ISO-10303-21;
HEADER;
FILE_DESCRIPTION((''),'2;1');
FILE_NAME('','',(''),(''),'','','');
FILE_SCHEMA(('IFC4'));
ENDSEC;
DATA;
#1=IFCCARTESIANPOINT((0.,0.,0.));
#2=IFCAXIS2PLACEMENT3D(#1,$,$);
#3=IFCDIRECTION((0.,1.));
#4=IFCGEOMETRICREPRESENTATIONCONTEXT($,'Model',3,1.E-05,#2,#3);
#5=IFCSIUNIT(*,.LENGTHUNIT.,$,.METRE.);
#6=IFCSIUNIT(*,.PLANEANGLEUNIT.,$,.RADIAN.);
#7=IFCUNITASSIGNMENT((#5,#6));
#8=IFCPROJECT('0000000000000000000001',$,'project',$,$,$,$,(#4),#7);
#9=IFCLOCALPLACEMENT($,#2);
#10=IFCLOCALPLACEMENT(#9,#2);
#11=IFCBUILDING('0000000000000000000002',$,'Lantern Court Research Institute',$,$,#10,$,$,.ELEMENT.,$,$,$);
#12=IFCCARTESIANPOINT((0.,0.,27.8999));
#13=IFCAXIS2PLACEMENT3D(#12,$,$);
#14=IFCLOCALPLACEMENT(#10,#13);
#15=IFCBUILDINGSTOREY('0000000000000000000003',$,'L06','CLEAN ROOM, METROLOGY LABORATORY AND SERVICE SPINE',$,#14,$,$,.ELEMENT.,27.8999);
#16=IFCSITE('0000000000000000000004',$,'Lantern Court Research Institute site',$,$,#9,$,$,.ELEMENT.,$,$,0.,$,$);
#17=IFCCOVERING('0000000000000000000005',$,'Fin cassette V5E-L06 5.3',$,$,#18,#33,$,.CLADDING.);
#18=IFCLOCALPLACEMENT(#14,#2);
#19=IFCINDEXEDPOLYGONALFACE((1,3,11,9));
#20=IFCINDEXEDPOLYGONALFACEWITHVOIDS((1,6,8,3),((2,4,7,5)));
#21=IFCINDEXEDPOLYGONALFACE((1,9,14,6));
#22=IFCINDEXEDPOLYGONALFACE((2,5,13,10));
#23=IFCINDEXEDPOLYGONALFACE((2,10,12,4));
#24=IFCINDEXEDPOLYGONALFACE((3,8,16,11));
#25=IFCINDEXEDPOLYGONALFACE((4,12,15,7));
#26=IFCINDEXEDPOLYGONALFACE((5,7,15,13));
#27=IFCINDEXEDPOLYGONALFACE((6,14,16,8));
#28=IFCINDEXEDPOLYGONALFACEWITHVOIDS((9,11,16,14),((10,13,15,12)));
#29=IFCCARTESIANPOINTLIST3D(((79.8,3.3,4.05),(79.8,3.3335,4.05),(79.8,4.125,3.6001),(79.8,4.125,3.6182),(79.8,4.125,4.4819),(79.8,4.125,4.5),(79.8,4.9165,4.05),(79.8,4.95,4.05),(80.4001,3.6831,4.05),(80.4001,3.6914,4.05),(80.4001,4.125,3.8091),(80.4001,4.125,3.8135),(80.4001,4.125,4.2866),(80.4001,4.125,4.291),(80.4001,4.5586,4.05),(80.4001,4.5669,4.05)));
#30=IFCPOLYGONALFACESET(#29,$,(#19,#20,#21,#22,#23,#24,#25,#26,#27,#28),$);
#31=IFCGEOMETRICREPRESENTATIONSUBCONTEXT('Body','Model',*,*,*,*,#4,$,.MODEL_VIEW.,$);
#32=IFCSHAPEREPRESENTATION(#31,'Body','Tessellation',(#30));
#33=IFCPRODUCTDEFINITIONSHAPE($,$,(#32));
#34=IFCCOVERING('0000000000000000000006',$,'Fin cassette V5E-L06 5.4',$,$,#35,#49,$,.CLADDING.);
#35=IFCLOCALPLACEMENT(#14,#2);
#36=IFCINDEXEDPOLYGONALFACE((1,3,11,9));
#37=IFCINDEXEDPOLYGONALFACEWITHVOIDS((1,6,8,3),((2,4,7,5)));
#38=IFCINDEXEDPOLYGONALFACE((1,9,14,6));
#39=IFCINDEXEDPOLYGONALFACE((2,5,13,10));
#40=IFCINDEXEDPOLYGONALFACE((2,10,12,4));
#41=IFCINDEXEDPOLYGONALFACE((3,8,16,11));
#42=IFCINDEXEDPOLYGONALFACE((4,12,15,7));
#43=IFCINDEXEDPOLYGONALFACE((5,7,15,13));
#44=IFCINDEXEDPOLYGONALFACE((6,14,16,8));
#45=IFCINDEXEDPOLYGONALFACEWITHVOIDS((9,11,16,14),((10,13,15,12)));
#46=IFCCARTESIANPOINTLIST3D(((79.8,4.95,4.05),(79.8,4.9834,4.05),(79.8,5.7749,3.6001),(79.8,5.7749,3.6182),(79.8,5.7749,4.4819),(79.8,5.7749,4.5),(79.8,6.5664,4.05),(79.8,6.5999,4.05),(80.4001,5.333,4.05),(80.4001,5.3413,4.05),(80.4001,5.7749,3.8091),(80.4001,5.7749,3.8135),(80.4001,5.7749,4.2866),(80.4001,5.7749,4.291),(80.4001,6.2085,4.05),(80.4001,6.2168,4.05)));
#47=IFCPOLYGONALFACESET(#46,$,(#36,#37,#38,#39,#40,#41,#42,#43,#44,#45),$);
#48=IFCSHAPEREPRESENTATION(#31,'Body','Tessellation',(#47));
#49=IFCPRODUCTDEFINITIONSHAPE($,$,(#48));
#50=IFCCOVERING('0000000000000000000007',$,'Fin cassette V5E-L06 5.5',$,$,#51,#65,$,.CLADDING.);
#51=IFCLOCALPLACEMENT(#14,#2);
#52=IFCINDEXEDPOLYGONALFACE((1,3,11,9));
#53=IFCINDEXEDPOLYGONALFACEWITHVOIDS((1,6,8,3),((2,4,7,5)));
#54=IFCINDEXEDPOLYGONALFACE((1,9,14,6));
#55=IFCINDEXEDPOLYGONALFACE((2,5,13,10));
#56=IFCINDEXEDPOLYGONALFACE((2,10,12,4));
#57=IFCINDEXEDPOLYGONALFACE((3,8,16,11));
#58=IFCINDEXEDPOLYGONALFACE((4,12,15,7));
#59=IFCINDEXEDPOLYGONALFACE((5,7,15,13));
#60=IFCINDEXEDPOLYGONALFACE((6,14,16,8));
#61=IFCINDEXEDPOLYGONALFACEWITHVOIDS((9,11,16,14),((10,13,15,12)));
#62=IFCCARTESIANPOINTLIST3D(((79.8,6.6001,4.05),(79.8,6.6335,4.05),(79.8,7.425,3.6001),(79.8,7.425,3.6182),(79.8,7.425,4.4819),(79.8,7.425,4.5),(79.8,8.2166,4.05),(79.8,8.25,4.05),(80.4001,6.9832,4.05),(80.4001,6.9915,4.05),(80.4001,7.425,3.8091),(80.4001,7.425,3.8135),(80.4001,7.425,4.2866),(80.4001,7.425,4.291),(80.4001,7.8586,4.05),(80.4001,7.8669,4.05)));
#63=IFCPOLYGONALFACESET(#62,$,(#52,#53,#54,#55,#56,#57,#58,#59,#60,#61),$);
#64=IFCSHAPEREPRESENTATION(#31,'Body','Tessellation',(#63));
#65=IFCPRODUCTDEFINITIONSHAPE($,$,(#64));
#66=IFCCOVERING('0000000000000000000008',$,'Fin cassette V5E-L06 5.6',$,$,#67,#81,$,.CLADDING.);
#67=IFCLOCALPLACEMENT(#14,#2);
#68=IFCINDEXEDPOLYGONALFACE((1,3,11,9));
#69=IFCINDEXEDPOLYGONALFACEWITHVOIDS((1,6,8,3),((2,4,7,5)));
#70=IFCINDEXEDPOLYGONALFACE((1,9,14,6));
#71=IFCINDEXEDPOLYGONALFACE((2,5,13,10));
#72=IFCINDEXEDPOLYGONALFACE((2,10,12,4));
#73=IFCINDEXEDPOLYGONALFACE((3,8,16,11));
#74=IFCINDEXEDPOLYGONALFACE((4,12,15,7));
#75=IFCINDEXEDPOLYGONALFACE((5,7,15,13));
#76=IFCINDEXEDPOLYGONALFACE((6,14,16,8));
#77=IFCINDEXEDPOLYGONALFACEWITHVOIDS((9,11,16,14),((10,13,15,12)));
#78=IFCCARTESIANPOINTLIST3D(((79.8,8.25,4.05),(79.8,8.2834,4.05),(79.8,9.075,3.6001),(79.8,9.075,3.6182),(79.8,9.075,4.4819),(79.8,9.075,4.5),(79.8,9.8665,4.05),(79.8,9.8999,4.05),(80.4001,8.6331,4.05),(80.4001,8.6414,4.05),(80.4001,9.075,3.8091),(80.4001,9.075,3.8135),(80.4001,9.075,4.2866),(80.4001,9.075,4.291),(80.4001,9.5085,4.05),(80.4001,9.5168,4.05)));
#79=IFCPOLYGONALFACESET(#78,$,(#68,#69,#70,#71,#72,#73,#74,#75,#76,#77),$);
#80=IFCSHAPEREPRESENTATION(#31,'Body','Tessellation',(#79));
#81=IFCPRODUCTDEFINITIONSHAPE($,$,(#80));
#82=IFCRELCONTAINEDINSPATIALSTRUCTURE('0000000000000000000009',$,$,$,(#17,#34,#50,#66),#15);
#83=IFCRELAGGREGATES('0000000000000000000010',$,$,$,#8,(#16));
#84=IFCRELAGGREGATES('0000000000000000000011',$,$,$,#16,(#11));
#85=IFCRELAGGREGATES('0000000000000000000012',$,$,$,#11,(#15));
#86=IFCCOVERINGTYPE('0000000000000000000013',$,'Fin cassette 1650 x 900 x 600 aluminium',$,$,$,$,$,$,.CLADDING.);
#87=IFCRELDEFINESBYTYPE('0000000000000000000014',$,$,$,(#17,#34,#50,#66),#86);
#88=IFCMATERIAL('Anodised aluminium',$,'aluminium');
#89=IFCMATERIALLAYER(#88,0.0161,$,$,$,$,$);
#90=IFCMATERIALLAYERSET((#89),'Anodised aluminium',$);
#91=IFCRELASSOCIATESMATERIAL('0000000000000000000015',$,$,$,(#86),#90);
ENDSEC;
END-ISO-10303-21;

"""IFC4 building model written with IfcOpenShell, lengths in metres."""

from ifc_helpers import new_model, entity, si_unit, direction, frame, origin, place, context, subcontext, project, spatial, material, layer, layer_set, type_object, element, save


model = new_model("IFC4")

# Units and contexts
model_context = context("Model", 3, precision=1e-05, world=origin(), true_north=direction((0.0, 1.0)))
body_context = subcontext(model_context, "Body", "Model", "MODEL_VIEW")
ifc_project = project(units=[si_unit("LENGTHUNIT", "METRE"), si_unit("PLANEANGLEUNIT", "RADIAN")], contexts=[model_context])

# Site, building, storey
site_placement = place(None, origin())
site = spatial("IfcSite", under=ifc_project, at=site_placement, Name="Lantern Court Research Institute site", CompositionType="ELEMENT", RefElevation=0.0)
building_placement = place(site_placement, origin())
building = spatial("IfcBuilding", under=site, at=building_placement, Name="Lantern Court Research Institute", CompositionType="ELEMENT")
storey_placement = place(building_placement, frame((0.0, 0.0, 27.8999)))
storey = spatial("IfcBuildingStorey", under=building, at=storey_placement, Name="L06", Description="CLEAN ROOM, METROLOGY LABORATORY AND SERVICE SPINE", CompositionType="ELEMENT", Elevation=27.8999)

# Coverings
ifc_material_1 = material(Name="Anodised aluminium", Category="aluminium")
ifc_layer_1 = layer(ifc_material_1, 0.0161)
ifc_layer_set_1 = layer_set([ifc_layer_1], Name="Anodised aluminium")
covering_type = type_object("IfcCoveringType", Name="Fin cassette 1650 x 900 x 600 aluminium", PredefinedType="CLADDING", material=ifc_layer_set_1)
covering_1_placement = place(storey_placement, frame((79.8, 4.125, 4.05), z_axis=(1.0, 0.0, 0.0), x_axis=(0.0, 1.0, 0.0)))
cartesian_point_1 = entity("IfcCartesianPoint", [0.825, 0.0])
cartesian_point_2 = entity("IfcCartesianPoint", [0.7915, 0.0])
cartesian_point_3 = entity("IfcCartesianPoint", [0.4419, 0.0])
cartesian_point_4 = entity("IfcCartesianPoint", [0.4336, 0.0])
element("IfcCovering", 1, at=covering_1_placement, inside=storey, type_object=covering_type, Name="Fin cassette V5E-L06 5.3", PredefinedType="CLADDING", context=body_context, shape_type="SweptSolid", body=[
    entity("IfcExtrudedAreaSolidTapered", entity("IfcArbitraryProfileDefWithVoids", "AREA", None, entity("IfcPolyline", [cartesian_point_1, entity("IfcCartesianPoint", [0.0, 0.45]), entity("IfcCartesianPoint", [-0.825, 0.0]), entity("IfcCartesianPoint", [0.0, -0.45]), cartesian_point_1]), [entity("IfcPolyline", [cartesian_point_2, entity("IfcCartesianPoint", [0.0, 0.4319]), entity("IfcCartesianPoint", [-0.7915, 0.0]), entity("IfcCartesianPoint", [0.0, -0.4319]), cartesian_point_2])]), entity("IfcAxis2Placement3D", entity("IfcCartesianPoint", [0.0, 0.0, 0.0])), entity("IfcDirection", [0.0, 0.0, 1.0]), 0.6001, entity("IfcArbitraryProfileDefWithVoids", "AREA", None, entity("IfcPolyline", [cartesian_point_3, entity("IfcCartesianPoint", [0.0, 0.241]), entity("IfcCartesianPoint", [-0.4419, 0.0]), entity("IfcCartesianPoint", [0.0, -0.241]), cartesian_point_3]), [entity("IfcPolyline", [cartesian_point_4, entity("IfcCartesianPoint", [0.0, 0.2366]), entity("IfcCartesianPoint", [-0.4336, 0.0]), entity("IfcCartesianPoint", [0.0, -0.2366]), cartesian_point_4])])),
])
covering_2_placement = place(storey_placement, frame((79.8, 5.7749, 4.05), z_axis=(1.0, 0.0, 0.0), x_axis=(0.0, 1.0, 0.0)))
cartesian_point_5 = entity("IfcCartesianPoint", [0.825, 0.0])
cartesian_point_6 = entity("IfcCartesianPoint", [0.7915, 0.0])
cartesian_point_7 = entity("IfcCartesianPoint", [0.4419, 0.0])
cartesian_point_8 = entity("IfcCartesianPoint", [0.4336, 0.0])
element("IfcCovering", 2, at=covering_2_placement, inside=storey, type_object=covering_type, Name="Fin cassette V5E-L06 5.4", PredefinedType="CLADDING", context=body_context, shape_type="SweptSolid", body=[
    entity("IfcExtrudedAreaSolidTapered", entity("IfcArbitraryProfileDefWithVoids", "AREA", None, entity("IfcPolyline", [cartesian_point_5, entity("IfcCartesianPoint", [0.0, 0.45]), entity("IfcCartesianPoint", [-0.825, 0.0]), entity("IfcCartesianPoint", [0.0, -0.45]), cartesian_point_5]), [entity("IfcPolyline", [cartesian_point_6, entity("IfcCartesianPoint", [0.0, 0.4319]), entity("IfcCartesianPoint", [-0.7915, 0.0]), entity("IfcCartesianPoint", [0.0, -0.4319]), cartesian_point_6])]), entity("IfcAxis2Placement3D", entity("IfcCartesianPoint", [0.0, 0.0, 0.0])), entity("IfcDirection", [0.0, 0.0, 1.0]), 0.6001, entity("IfcArbitraryProfileDefWithVoids", "AREA", None, entity("IfcPolyline", [cartesian_point_7, entity("IfcCartesianPoint", [0.0, 0.241]), entity("IfcCartesianPoint", [-0.4419, 0.0]), entity("IfcCartesianPoint", [0.0, -0.241]), cartesian_point_7]), [entity("IfcPolyline", [cartesian_point_8, entity("IfcCartesianPoint", [0.0, 0.2366]), entity("IfcCartesianPoint", [-0.4336, 0.0]), entity("IfcCartesianPoint", [0.0, -0.2366]), cartesian_point_8])])),
])
covering_3_placement = place(storey_placement, frame((79.8, 7.425, 4.05), z_axis=(1.0, 0.0, 0.0), x_axis=(0.0, 1.0, 0.0)))
cartesian_point_9 = entity("IfcCartesianPoint", [0.825, 0.0])
cartesian_point_10 = entity("IfcCartesianPoint", [0.7915, 0.0])
cartesian_point_11 = entity("IfcCartesianPoint", [0.4419, 0.0])
cartesian_point_12 = entity("IfcCartesianPoint", [0.4336, 0.0])
element("IfcCovering", 3, at=covering_3_placement, inside=storey, type_object=covering_type, Name="Fin cassette V5E-L06 5.5", PredefinedType="CLADDING", context=body_context, shape_type="SweptSolid", body=[
    entity("IfcExtrudedAreaSolidTapered", entity("IfcArbitraryProfileDefWithVoids", "AREA", None, entity("IfcPolyline", [cartesian_point_9, entity("IfcCartesianPoint", [0.0, 0.45]), entity("IfcCartesianPoint", [-0.825, 0.0]), entity("IfcCartesianPoint", [0.0, -0.45]), cartesian_point_9]), [entity("IfcPolyline", [cartesian_point_10, entity("IfcCartesianPoint", [0.0, 0.4319]), entity("IfcCartesianPoint", [-0.7915, 0.0]), entity("IfcCartesianPoint", [0.0, -0.4319]), cartesian_point_10])]), entity("IfcAxis2Placement3D", entity("IfcCartesianPoint", [0.0, 0.0, 0.0])), entity("IfcDirection", [0.0, 0.0, 1.0]), 0.6001, entity("IfcArbitraryProfileDefWithVoids", "AREA", None, entity("IfcPolyline", [cartesian_point_11, entity("IfcCartesianPoint", [0.0, 0.241]), entity("IfcCartesianPoint", [-0.4419, 0.0]), entity("IfcCartesianPoint", [0.0, -0.241]), cartesian_point_11]), [entity("IfcPolyline", [cartesian_point_12, entity("IfcCartesianPoint", [0.0, 0.2366]), entity("IfcCartesianPoint", [-0.4336, 0.0]), entity("IfcCartesianPoint", [0.0, -0.2366]), cartesian_point_12])])),
])
covering_4_placement = place(storey_placement, frame((79.8, 9.075, 4.05), z_axis=(1.0, 0.0, 0.0), x_axis=(0.0, 1.0, 0.0)))
cartesian_point_13 = entity("IfcCartesianPoint", [0.825, 0.0])
cartesian_point_14 = entity("IfcCartesianPoint", [0.7915, 0.0])
cartesian_point_15 = entity("IfcCartesianPoint", [0.4419, 0.0])
cartesian_point_16 = entity("IfcCartesianPoint", [0.4336, 0.0])
element("IfcCovering", 4, at=covering_4_placement, inside=storey, type_object=covering_type, Name="Fin cassette V5E-L06 5.6", PredefinedType="CLADDING", context=body_context, shape_type="SweptSolid", body=[
    entity("IfcExtrudedAreaSolidTapered", entity("IfcArbitraryProfileDefWithVoids", "AREA", None, entity("IfcPolyline", [cartesian_point_13, entity("IfcCartesianPoint", [0.0, 0.45]), entity("IfcCartesianPoint", [-0.825, 0.0]), entity("IfcCartesianPoint", [0.0, -0.45]), cartesian_point_13]), [entity("IfcPolyline", [cartesian_point_14, entity("IfcCartesianPoint", [0.0, 0.4319]), entity("IfcCartesianPoint", [-0.7915, 0.0]), entity("IfcCartesianPoint", [0.0, -0.4319]), cartesian_point_14])]), entity("IfcAxis2Placement3D", entity("IfcCartesianPoint", [0.0, 0.0, 0.0])), entity("IfcDirection", [0.0, 0.0, 1.0]), 0.6001, entity("IfcArbitraryProfileDefWithVoids", "AREA", None, entity("IfcPolyline", [cartesian_point_15, entity("IfcCartesianPoint", [0.0, 0.241]), entity("IfcCartesianPoint", [-0.4419, 0.0]), entity("IfcCartesianPoint", [0.0, -0.241]), cartesian_point_15]), [entity("IfcPolyline", [cartesian_point_16, entity("IfcCartesianPoint", [0.0, 0.2366]), entity("IfcCartesianPoint", [-0.4336, 0.0]), entity("IfcCartesianPoint", [0.0, -0.2366]), cartesian_point_16])])),
])

save(model, "model.ifc")
